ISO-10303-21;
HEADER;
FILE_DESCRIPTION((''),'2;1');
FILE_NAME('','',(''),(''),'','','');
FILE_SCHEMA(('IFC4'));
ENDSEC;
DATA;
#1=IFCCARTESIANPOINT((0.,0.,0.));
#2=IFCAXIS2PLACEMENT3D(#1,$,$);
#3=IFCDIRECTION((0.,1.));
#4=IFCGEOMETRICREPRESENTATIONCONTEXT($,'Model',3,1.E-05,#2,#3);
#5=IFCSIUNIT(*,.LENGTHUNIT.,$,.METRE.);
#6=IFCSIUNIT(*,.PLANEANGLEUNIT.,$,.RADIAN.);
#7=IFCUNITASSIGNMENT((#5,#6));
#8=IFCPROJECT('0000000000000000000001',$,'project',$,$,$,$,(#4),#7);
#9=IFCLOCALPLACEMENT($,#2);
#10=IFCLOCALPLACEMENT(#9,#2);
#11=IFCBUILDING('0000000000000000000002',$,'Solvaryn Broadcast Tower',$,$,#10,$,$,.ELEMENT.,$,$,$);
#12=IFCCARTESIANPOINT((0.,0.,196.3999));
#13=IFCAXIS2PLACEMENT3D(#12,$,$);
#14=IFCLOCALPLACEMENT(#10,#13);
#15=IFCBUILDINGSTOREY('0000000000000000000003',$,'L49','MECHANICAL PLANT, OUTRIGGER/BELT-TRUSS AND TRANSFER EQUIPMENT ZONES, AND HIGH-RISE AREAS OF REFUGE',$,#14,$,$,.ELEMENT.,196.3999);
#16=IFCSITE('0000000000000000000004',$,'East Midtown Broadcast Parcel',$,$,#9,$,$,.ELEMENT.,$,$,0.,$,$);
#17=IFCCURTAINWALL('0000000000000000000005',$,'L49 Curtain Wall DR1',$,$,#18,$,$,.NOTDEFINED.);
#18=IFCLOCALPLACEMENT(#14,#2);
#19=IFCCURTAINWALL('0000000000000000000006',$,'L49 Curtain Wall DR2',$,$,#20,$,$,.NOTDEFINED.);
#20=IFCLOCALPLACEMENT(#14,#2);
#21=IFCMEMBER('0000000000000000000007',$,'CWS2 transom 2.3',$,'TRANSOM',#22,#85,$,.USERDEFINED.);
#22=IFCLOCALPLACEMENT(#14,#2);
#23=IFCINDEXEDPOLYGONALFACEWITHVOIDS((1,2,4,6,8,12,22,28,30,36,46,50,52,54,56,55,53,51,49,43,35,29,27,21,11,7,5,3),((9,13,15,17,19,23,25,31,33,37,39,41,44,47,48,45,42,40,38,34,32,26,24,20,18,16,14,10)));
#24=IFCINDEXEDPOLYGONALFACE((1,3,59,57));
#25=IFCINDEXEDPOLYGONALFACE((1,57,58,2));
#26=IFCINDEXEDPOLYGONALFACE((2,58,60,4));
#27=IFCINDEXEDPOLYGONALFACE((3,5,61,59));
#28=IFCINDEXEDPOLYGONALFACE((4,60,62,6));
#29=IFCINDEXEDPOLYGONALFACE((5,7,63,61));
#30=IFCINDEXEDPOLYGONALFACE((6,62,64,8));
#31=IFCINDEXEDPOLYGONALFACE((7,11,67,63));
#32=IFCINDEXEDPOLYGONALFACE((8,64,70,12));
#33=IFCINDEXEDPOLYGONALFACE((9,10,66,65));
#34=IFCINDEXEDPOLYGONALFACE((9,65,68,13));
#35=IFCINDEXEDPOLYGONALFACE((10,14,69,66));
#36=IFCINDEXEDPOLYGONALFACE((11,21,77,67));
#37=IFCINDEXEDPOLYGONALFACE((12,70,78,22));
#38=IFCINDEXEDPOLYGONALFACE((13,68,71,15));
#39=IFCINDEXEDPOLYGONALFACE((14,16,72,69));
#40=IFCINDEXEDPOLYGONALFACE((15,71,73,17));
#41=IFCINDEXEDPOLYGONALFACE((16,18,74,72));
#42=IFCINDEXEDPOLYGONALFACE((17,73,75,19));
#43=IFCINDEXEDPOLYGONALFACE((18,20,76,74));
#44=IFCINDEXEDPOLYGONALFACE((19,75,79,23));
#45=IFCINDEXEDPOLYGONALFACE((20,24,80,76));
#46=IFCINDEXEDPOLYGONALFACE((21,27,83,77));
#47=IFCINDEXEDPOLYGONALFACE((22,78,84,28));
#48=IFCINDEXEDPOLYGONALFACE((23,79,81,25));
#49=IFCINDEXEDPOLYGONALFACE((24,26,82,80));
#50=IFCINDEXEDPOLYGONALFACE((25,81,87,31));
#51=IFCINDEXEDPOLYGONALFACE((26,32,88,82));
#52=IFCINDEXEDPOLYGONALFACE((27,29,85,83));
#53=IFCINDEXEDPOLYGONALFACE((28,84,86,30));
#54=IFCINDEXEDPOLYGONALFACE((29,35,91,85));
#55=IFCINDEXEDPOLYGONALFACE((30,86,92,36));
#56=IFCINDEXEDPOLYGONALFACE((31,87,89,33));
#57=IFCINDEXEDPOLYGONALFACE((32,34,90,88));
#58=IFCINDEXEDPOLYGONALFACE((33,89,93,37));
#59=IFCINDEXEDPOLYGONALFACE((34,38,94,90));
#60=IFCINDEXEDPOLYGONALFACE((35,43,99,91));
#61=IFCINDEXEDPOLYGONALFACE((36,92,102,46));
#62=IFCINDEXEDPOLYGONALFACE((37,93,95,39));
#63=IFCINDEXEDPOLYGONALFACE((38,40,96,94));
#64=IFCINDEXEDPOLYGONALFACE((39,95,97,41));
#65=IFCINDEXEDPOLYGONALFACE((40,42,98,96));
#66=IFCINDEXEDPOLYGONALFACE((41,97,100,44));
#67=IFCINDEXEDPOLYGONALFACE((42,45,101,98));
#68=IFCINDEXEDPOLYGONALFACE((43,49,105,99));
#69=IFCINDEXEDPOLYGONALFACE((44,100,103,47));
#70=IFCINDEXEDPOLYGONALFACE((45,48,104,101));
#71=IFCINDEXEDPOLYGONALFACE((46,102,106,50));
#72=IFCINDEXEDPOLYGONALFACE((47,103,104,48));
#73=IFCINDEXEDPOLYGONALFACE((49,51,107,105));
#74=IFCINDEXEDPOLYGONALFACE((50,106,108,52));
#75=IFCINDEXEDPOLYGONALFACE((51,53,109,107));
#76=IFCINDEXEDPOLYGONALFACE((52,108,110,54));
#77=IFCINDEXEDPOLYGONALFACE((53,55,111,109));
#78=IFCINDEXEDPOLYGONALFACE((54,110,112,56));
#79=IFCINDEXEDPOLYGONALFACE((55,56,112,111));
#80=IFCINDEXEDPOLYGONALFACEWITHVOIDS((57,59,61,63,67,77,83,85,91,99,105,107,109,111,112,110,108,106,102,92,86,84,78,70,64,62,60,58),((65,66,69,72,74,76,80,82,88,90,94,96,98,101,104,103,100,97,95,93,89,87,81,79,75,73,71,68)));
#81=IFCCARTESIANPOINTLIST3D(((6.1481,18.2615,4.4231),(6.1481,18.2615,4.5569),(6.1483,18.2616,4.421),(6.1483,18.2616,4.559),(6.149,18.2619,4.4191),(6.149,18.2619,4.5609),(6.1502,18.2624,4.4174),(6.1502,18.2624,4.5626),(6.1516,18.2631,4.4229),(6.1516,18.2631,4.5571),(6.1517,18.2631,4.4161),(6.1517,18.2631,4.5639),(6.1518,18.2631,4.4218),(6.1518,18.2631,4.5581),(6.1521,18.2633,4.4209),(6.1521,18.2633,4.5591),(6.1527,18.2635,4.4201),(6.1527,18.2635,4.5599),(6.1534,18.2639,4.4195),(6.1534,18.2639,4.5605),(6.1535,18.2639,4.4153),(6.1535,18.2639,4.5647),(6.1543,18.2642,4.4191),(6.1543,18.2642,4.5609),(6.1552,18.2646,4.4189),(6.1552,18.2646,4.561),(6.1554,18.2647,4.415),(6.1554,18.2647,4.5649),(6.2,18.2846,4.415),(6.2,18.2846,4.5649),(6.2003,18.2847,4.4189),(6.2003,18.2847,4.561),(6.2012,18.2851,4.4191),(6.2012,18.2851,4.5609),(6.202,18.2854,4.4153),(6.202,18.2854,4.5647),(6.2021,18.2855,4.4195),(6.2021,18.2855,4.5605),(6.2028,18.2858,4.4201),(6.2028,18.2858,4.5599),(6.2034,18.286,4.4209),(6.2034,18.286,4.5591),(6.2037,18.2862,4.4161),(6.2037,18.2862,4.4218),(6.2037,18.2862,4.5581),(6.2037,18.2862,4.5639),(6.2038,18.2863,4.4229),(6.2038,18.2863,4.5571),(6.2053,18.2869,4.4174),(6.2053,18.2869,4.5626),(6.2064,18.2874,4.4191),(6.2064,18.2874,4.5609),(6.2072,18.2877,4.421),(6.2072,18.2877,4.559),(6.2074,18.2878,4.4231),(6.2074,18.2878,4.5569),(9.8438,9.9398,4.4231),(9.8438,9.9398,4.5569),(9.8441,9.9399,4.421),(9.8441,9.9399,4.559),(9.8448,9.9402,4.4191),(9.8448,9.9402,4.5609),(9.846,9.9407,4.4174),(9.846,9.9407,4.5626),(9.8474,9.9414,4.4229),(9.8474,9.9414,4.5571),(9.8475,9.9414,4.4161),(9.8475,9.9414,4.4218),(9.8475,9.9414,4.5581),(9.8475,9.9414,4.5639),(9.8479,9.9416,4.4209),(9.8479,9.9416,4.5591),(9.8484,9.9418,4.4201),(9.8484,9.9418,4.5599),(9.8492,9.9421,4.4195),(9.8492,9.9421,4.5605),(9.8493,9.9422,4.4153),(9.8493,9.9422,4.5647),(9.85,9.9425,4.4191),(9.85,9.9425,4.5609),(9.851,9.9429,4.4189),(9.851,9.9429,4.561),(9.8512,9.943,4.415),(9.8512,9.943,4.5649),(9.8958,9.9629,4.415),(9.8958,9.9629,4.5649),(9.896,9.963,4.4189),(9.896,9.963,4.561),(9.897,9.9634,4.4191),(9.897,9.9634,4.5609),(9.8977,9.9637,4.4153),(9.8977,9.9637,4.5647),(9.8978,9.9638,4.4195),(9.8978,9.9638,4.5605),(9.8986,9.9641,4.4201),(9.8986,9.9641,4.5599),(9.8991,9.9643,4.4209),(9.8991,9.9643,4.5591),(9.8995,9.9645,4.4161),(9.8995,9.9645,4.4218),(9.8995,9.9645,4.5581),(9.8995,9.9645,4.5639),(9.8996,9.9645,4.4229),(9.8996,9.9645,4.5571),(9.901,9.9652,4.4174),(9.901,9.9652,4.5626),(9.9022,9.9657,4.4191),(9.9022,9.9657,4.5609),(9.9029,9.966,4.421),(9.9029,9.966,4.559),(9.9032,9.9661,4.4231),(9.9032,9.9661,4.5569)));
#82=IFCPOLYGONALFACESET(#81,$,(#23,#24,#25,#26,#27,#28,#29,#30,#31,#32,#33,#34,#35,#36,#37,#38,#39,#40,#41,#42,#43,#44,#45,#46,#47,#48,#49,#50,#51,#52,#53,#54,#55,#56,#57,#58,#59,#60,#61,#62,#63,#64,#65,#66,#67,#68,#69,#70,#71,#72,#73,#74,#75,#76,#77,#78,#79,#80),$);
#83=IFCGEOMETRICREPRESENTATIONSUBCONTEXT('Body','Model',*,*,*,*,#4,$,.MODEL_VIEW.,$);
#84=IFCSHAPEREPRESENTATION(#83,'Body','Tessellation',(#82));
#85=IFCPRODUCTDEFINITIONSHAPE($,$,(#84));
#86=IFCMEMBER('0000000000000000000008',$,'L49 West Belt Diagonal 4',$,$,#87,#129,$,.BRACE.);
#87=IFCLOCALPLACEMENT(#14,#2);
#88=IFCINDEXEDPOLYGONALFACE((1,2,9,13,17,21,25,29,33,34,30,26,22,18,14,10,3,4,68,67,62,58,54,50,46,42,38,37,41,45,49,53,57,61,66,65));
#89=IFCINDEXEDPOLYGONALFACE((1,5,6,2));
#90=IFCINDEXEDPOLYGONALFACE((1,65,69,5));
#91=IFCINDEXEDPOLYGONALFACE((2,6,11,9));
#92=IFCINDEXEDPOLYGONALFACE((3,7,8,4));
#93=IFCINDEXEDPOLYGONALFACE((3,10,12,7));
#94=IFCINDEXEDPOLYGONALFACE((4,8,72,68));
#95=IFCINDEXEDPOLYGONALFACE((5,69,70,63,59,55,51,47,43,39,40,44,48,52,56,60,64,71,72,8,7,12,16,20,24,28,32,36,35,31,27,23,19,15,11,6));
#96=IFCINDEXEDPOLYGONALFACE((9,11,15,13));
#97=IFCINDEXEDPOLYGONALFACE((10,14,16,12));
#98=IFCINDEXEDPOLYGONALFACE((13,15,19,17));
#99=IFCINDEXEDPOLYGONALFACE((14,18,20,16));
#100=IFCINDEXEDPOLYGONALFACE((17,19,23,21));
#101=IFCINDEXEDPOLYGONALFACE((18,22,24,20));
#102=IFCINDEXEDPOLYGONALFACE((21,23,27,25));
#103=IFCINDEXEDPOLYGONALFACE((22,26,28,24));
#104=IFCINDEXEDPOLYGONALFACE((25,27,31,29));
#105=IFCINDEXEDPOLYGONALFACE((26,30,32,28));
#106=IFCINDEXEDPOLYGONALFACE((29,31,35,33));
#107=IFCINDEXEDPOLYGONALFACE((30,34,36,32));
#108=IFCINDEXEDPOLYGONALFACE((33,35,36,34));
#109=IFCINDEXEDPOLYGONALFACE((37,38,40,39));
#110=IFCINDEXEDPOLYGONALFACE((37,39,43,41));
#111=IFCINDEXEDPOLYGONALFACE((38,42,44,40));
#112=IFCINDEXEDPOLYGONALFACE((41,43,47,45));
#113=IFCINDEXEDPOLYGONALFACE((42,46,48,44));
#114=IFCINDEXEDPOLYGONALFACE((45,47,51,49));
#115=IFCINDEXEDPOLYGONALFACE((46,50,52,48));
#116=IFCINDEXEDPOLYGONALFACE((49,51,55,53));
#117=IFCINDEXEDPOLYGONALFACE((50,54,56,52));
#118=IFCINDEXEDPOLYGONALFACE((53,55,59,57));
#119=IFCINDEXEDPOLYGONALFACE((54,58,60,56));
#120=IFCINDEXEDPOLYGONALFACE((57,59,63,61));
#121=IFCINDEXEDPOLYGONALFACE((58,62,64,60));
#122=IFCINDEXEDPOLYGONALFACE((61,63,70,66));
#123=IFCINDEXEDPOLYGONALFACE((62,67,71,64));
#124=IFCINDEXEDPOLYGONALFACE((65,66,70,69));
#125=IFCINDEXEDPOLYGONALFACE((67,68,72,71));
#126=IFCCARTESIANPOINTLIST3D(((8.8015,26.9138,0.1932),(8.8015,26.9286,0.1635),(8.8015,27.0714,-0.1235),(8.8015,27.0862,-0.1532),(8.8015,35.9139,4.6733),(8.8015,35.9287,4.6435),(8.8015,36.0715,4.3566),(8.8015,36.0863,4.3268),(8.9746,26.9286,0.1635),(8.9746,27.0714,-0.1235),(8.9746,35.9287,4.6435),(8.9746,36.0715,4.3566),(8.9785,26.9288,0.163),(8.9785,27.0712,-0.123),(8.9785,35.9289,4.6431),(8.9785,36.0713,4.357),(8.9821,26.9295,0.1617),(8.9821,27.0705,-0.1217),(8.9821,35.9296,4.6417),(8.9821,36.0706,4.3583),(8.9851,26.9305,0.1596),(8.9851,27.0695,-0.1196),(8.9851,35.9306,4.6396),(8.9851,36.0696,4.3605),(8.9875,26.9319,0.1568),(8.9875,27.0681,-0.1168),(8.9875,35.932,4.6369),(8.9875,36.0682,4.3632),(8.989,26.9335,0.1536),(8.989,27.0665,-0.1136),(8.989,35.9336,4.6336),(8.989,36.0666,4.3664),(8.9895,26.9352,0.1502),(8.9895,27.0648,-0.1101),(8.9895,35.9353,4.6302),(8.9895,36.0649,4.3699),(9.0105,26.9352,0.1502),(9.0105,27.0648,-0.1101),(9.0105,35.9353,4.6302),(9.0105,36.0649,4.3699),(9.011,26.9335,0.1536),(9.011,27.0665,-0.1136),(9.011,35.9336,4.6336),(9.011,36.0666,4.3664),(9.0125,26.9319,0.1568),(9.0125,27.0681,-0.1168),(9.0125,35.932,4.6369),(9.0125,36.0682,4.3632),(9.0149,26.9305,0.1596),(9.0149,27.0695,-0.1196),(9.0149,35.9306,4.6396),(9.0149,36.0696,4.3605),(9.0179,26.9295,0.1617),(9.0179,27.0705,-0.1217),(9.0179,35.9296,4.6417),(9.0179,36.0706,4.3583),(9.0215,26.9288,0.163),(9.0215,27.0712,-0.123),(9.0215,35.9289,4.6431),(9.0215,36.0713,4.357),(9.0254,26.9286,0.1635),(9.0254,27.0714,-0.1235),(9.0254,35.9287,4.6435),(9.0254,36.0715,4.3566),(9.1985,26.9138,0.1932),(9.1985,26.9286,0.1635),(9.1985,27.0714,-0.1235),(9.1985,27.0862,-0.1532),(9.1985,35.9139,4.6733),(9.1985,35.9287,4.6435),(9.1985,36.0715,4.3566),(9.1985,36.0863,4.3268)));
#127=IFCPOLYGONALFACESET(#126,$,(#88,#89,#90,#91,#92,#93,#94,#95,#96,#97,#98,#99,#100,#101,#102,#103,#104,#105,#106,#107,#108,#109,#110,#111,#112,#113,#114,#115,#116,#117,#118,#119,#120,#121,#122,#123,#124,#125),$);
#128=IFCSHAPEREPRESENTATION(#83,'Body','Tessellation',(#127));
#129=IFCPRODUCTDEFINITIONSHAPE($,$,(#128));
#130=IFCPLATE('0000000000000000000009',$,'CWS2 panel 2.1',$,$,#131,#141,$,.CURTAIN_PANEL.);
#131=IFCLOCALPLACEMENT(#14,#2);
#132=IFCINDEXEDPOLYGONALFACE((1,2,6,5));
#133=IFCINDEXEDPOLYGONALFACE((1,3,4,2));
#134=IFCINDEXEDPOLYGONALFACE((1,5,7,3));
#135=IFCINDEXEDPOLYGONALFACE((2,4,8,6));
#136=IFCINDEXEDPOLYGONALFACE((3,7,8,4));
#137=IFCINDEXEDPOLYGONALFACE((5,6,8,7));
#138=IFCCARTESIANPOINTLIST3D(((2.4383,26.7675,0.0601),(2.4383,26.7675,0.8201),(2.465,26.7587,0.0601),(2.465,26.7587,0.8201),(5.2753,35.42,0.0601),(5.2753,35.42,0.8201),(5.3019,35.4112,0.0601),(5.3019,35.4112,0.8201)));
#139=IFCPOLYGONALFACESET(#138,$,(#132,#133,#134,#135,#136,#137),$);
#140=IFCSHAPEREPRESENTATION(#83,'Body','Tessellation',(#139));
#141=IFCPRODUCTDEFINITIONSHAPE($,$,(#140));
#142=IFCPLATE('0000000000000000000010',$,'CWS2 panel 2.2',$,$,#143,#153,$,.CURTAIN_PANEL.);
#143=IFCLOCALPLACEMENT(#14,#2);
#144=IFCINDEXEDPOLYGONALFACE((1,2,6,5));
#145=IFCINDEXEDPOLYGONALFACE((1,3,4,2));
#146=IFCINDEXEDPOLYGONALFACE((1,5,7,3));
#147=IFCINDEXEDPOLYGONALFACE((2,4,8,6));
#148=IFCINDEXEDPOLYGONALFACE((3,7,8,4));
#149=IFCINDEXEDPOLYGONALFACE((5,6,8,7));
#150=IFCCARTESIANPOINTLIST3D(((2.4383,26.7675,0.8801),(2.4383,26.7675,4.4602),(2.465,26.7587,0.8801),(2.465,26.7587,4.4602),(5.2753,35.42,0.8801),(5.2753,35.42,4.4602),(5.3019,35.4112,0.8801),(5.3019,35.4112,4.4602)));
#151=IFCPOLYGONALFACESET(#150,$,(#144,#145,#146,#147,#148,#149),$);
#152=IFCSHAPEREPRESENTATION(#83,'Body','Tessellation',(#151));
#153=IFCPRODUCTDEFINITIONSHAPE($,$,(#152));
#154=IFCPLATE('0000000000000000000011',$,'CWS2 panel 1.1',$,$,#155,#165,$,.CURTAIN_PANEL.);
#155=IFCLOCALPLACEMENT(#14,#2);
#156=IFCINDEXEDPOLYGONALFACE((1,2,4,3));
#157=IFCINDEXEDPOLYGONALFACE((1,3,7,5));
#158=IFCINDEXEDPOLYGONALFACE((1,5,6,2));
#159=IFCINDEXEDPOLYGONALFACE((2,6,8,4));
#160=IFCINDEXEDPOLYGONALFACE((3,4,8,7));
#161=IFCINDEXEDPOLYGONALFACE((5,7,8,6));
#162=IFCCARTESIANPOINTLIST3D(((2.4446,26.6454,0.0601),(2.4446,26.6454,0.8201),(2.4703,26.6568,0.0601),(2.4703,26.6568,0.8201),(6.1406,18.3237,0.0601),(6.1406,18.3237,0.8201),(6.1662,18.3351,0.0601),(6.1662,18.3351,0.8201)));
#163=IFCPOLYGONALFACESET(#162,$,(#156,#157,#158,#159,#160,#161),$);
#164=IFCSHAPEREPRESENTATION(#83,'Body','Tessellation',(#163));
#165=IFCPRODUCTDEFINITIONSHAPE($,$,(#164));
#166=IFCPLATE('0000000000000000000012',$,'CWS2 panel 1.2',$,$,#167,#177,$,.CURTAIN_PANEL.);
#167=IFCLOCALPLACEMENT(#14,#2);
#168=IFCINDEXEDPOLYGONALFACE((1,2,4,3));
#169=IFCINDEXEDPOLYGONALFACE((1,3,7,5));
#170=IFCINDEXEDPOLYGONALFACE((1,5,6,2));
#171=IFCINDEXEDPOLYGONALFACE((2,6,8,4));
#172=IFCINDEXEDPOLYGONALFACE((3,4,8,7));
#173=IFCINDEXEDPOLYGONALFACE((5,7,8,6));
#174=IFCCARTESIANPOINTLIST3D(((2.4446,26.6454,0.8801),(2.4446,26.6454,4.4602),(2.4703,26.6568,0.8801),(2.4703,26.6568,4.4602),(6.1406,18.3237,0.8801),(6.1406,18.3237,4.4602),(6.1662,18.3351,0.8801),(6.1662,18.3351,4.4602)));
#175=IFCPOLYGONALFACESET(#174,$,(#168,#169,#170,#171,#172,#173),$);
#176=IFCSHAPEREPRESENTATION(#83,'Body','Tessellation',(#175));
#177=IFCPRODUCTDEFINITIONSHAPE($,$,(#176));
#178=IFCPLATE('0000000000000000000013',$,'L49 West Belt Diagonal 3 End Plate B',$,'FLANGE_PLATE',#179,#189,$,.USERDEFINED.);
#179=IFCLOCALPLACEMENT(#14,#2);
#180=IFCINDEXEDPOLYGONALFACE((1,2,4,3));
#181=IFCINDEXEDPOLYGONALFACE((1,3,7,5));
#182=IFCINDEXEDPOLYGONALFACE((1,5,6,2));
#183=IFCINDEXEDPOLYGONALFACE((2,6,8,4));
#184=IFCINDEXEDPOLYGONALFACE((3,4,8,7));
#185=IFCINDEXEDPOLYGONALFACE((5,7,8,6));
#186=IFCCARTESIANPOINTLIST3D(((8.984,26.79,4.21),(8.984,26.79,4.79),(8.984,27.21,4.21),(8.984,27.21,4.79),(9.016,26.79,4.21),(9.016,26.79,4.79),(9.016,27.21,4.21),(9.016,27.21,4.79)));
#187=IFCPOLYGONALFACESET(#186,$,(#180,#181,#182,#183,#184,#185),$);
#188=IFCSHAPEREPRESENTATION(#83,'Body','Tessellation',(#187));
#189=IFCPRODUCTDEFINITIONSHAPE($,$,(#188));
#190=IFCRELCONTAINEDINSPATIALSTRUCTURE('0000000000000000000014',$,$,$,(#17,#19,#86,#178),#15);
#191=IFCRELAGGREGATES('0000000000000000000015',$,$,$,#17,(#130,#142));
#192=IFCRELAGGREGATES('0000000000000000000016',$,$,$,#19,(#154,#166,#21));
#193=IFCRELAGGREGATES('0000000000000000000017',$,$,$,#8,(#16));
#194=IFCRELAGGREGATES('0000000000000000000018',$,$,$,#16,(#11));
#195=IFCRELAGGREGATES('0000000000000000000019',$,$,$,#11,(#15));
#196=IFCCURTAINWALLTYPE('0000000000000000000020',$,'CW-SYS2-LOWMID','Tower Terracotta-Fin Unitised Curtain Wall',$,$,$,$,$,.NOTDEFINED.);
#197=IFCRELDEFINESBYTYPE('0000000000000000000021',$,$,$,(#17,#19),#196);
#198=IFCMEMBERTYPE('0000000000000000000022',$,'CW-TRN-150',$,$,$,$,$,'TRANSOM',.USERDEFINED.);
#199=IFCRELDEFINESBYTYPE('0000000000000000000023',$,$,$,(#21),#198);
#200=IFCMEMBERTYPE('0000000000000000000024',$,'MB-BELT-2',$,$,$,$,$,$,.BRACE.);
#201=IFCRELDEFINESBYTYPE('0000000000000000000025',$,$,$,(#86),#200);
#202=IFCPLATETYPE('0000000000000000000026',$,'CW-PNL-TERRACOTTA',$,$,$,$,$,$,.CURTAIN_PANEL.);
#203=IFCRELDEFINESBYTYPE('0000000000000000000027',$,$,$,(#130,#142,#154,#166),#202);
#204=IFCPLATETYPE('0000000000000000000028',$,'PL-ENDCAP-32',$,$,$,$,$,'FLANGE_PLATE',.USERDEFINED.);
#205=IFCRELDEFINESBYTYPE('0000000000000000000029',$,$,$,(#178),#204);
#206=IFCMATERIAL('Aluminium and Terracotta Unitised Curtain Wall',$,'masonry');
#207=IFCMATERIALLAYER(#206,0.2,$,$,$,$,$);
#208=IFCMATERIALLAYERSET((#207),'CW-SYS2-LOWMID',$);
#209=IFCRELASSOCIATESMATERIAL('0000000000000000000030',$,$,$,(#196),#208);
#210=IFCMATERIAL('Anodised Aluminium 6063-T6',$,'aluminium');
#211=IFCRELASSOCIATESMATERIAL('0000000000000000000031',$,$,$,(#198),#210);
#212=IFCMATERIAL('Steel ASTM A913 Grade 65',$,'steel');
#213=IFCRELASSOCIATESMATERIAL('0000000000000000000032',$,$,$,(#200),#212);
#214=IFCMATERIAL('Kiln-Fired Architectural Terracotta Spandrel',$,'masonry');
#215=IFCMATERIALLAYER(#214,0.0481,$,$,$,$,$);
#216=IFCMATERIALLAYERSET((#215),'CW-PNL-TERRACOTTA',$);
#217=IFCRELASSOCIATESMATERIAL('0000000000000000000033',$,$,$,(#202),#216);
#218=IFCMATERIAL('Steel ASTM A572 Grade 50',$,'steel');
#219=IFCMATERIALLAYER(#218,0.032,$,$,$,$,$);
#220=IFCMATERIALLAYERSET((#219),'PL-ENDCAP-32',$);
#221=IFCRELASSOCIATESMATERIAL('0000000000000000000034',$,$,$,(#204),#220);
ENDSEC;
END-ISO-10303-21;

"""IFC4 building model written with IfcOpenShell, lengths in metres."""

from ifc_helpers import new_model, si_unit, direction, frame, origin, origin_2d, place, context, subcontext, project, spatial, rectangle, hollow_rectangle, i_section, extrude, material, layer, layer_set, material_profile, profile_set, type_object, element, aggregate, save


model = new_model("IFC4")

# Units and contexts
model_context = context("Model", 3, precision=1e-05, world=origin(), true_north=direction((0.0, 1.0)))
body_context = subcontext(model_context, "Body", "Model", "MODEL_VIEW")
ifc_project = project(units=[si_unit("LENGTHUNIT", "METRE"), si_unit("PLANEANGLEUNIT", "RADIAN")], contexts=[model_context])

# Site, building, storey
site_placement = place(None, origin())
site = spatial("IfcSite", under=ifc_project, at=site_placement, Name="East Midtown Broadcast Parcel", CompositionType="ELEMENT", RefElevation=0.0)
building_placement = place(site_placement, origin())
building = spatial("IfcBuilding", under=site, at=building_placement, Name="Solvaryn Broadcast Tower", CompositionType="ELEMENT")
storey_placement = place(building_placement, frame((0.0, 0.0, 196.3999)))
storey = spatial("IfcBuildingStorey", under=building, at=storey_placement, Name="L49", Description="MECHANICAL PLANT, OUTRIGGER/BELT-TRUSS AND TRANSFER EQUIPMENT ZONES, AND HIGH-RISE AREAS OF REFUGE", CompositionType="ELEMENT", Elevation=196.3999)

# Curtain wall
ifc_material_1 = material(Name="Aluminium and Terracotta Unitised Curtain Wall", Category="masonry")
ifc_layer_1 = layer(ifc_material_1, 0.2)
ifc_layer_set_1 = layer_set([ifc_layer_1], Name="CW-SYS2-LOWMID")
curtain_wall_type = type_object("IfcCurtainWallType", Name="CW-SYS2-LOWMID", Description="Tower Terracotta-Fin Unitised Curtain Wall", PredefinedType="NOTDEFINED", material=ifc_layer_set_1)
curtain_wall_1_placement = place(storey_placement, origin())
curtain_wall_1 = element("IfcCurtainWall", 1, at=curtain_wall_1_placement, inside=storey, type_object=curtain_wall_type, Name="L49 Curtain Wall DR1", PredefinedType="NOTDEFINED")

# Curtain wall, member
curtain_wall_2_placement = place(storey_placement, origin())
curtain_wall_2 = element("IfcCurtainWall", 2, at=curtain_wall_2_placement, inside=storey, type_object=curtain_wall_type, Name="L49 Curtain Wall DR2", PredefinedType="NOTDEFINED")
ifc_material_2 = material(Name="Anodised Aluminium 6063-T6", Category="aluminium")
ifc_material_profile_1 = material_profile(ifc_material_2, hollow_rectangle(XDim=0.0649, YDim=0.1499, WallThickness=0.0039, InnerFilletRadius=0.0039, OuterFilletRadius=0.0081, at=origin_2d()))
ifc_profile_set_1 = profile_set([ifc_material_profile_1], Name="Anodised Aluminium 6063-T6")
member_type_1 = type_object("IfcMemberType", Name="CW-TRN-150", ElementType="TRANSOM", PredefinedType="USERDEFINED", material=ifc_profile_set_1)
member_1_placement = place(storey_placement, frame((6.1777, 18.2747, 4.49), z_axis=(0.405885, -0.913924, 0.0), x_axis=(0.913924, 0.405885, 0.0)))
member_1 = element("IfcMember", 3, at=member_1_placement, type_object=member_type_1, Name="CWS2 transom 2.3", ObjectType="TRANSOM", PredefinedType="USERDEFINED", context=body_context, shape_type="SweptSolid", body=[
    extrude(hollow_rectangle(XDim=0.0649, YDim=0.1499, WallThickness=0.0039, InnerFilletRadius=0.0039, OuterFilletRadius=0.0081, at=origin_2d()), origin(), (0.0, 0.0, 1.0), 9.1055),
])

# Member
ifc_material_3 = material(Name="Steel ASTM A913 Grade 65", Category="steel")
ifc_material_profile_2 = material_profile(ifc_material_3, i_section(OverallWidth=0.397, OverallDepth=0.387, WebThickness=0.021, FlangeThickness=0.0332, FilletRadius=0.0149, at=origin_2d()))
ifc_profile_set_2 = profile_set([ifc_material_profile_2], Name="Steel ASTM A913 Grade 65")
member_type_2 = type_object("IfcMemberType", Name="MB-BELT-2", PredefinedType="BRACE", material=ifc_profile_set_2)
member_2_placement = place(storey_placement, frame((9.0, 27.0, 0.02), z_axis=(0.0, 0.895222, 0.44562), x_axis=(-1.0, 0.0, 0.0)))
element("IfcMember", 4, at=member_2_placement, inside=storey, type_object=member_type_2, Name="L49 West Belt Diagonal 4", PredefinedType="BRACE", context=body_context, shape_type="SweptSolid", body=[
    extrude(i_section(OverallWidth=0.397, OverallDepth=0.387, WebThickness=0.021, FlangeThickness=0.0332, FilletRadius=0.0149, at=origin_2d()), origin(), (0.0, 0.0, 1.0), 10.0535),
])

# Plates
ifc_material_4 = material(Name="Kiln-Fired Architectural Terracotta Spandrel", Category="masonry")
ifc_layer_2 = layer(ifc_material_4, 0.0481)
ifc_layer_set_2 = layer_set([ifc_layer_2], Name="CW-PNL-TERRACOTTA")
plate_type_1 = type_object("IfcPlateType", Name="CW-PNL-TERRACOTTA", PredefinedType="CURTAIN_PANEL", material=ifc_layer_set_2)
plate_1_placement = place(storey_placement, frame((3.8701, 31.0894, 0.0601), z_axis=(0.0, 0.0, 1.0), x_axis=(-0.311559, -0.950227, 0.0)))
plate_1 = element("IfcPlate", 5, at=plate_1_placement, type_object=plate_type_1, Name="CWS2 panel 2.1", PredefinedType="CURTAIN_PANEL", context=body_context, shape_type="SweptSolid", body=[
    extrude(rectangle(XDim=9.1057, YDim=0.0281, at=origin_2d()), origin(), (0.0, 0.0, 1.0), 0.76),
])
plate_2_placement = place(storey_placement, frame((3.8701, 31.0894, 0.8801), z_axis=(0.0, 0.0, 1.0), x_axis=(-0.311559, -0.950227, 0.0)))
plate_2 = element("IfcPlate", 6, at=plate_2_placement, type_object=plate_type_1, Name="CWS2 panel 2.2", PredefinedType="CURTAIN_PANEL", context=body_context, shape_type="SweptSolid", body=[
    extrude(rectangle(XDim=9.1057, YDim=0.0281, at=origin_2d()), origin(), (0.0, 0.0, 1.0), 3.5801),
])
aggregate(curtain_wall_1, [plate_1, plate_2])
plate_3_placement = place(storey_placement, frame((4.3054, 22.4902, 0.0601), z_axis=(0.0, 0.0, 1.0), x_axis=(0.405901, -0.913917, 0.0)))
plate_3 = element("IfcPlate", 7, at=plate_3_placement, type_object=plate_type_1, Name="CWS2 panel 1.1", PredefinedType="CURTAIN_PANEL", context=body_context, shape_type="SweptSolid", body=[
    extrude(rectangle(XDim=9.1055, YDim=0.0281, at=origin_2d()), origin(), (0.0, 0.0, 1.0), 0.76),
])
plate_4_placement = place(storey_placement, frame((4.3054, 22.4902, 0.8801), z_axis=(0.0, 0.0, 1.0), x_axis=(0.405901, -0.913917, 0.0)))
plate_4 = element("IfcPlate", 8, at=plate_4_placement, type_object=plate_type_1, Name="CWS2 panel 1.2", PredefinedType="CURTAIN_PANEL", context=body_context, shape_type="SweptSolid", body=[
    extrude(rectangle(XDim=9.1055, YDim=0.0281, at=origin_2d()), origin(), (0.0, 0.0, 1.0), 3.5801),
])
aggregate(curtain_wall_2, [plate_3, plate_4, member_1])

# Plate
ifc_material_5 = material(Name="Steel ASTM A572 Grade 50", Category="steel")
ifc_layer_3 = layer(ifc_material_5, 0.032)
ifc_layer_set_3 = layer_set([ifc_layer_3], Name="PL-ENDCAP-32")
plate_type_2 = type_object("IfcPlateType", Name="PL-ENDCAP-32", ElementType="FLANGE_PLATE", PredefinedType="USERDEFINED", material=ifc_layer_set_3)
for number, where, z_axis, x_axis, name in (
    (9, (9.0, 27.0, 4.21), (0.0, 0.0, 1.0), (1.0, 0.0, 0.0), "L49 West Belt Diagonal 3 End Plate B"),
):
    element("IfcPlate", number, at=place(storey_placement, frame(where, z_axis=z_axis, x_axis=x_axis)), inside=storey, type_object=plate_type_2, Name=name, ObjectType="FLANGE_PLATE", PredefinedType="USERDEFINED", context=body_context, shape_type="SweptSolid", body=[
        extrude(rectangle(XDim=0.032, YDim=0.4199, at=origin_2d()), origin(), (0.0, 0.0, 1.0), 0.5801),
    ])

save(model, "model.ifc")
